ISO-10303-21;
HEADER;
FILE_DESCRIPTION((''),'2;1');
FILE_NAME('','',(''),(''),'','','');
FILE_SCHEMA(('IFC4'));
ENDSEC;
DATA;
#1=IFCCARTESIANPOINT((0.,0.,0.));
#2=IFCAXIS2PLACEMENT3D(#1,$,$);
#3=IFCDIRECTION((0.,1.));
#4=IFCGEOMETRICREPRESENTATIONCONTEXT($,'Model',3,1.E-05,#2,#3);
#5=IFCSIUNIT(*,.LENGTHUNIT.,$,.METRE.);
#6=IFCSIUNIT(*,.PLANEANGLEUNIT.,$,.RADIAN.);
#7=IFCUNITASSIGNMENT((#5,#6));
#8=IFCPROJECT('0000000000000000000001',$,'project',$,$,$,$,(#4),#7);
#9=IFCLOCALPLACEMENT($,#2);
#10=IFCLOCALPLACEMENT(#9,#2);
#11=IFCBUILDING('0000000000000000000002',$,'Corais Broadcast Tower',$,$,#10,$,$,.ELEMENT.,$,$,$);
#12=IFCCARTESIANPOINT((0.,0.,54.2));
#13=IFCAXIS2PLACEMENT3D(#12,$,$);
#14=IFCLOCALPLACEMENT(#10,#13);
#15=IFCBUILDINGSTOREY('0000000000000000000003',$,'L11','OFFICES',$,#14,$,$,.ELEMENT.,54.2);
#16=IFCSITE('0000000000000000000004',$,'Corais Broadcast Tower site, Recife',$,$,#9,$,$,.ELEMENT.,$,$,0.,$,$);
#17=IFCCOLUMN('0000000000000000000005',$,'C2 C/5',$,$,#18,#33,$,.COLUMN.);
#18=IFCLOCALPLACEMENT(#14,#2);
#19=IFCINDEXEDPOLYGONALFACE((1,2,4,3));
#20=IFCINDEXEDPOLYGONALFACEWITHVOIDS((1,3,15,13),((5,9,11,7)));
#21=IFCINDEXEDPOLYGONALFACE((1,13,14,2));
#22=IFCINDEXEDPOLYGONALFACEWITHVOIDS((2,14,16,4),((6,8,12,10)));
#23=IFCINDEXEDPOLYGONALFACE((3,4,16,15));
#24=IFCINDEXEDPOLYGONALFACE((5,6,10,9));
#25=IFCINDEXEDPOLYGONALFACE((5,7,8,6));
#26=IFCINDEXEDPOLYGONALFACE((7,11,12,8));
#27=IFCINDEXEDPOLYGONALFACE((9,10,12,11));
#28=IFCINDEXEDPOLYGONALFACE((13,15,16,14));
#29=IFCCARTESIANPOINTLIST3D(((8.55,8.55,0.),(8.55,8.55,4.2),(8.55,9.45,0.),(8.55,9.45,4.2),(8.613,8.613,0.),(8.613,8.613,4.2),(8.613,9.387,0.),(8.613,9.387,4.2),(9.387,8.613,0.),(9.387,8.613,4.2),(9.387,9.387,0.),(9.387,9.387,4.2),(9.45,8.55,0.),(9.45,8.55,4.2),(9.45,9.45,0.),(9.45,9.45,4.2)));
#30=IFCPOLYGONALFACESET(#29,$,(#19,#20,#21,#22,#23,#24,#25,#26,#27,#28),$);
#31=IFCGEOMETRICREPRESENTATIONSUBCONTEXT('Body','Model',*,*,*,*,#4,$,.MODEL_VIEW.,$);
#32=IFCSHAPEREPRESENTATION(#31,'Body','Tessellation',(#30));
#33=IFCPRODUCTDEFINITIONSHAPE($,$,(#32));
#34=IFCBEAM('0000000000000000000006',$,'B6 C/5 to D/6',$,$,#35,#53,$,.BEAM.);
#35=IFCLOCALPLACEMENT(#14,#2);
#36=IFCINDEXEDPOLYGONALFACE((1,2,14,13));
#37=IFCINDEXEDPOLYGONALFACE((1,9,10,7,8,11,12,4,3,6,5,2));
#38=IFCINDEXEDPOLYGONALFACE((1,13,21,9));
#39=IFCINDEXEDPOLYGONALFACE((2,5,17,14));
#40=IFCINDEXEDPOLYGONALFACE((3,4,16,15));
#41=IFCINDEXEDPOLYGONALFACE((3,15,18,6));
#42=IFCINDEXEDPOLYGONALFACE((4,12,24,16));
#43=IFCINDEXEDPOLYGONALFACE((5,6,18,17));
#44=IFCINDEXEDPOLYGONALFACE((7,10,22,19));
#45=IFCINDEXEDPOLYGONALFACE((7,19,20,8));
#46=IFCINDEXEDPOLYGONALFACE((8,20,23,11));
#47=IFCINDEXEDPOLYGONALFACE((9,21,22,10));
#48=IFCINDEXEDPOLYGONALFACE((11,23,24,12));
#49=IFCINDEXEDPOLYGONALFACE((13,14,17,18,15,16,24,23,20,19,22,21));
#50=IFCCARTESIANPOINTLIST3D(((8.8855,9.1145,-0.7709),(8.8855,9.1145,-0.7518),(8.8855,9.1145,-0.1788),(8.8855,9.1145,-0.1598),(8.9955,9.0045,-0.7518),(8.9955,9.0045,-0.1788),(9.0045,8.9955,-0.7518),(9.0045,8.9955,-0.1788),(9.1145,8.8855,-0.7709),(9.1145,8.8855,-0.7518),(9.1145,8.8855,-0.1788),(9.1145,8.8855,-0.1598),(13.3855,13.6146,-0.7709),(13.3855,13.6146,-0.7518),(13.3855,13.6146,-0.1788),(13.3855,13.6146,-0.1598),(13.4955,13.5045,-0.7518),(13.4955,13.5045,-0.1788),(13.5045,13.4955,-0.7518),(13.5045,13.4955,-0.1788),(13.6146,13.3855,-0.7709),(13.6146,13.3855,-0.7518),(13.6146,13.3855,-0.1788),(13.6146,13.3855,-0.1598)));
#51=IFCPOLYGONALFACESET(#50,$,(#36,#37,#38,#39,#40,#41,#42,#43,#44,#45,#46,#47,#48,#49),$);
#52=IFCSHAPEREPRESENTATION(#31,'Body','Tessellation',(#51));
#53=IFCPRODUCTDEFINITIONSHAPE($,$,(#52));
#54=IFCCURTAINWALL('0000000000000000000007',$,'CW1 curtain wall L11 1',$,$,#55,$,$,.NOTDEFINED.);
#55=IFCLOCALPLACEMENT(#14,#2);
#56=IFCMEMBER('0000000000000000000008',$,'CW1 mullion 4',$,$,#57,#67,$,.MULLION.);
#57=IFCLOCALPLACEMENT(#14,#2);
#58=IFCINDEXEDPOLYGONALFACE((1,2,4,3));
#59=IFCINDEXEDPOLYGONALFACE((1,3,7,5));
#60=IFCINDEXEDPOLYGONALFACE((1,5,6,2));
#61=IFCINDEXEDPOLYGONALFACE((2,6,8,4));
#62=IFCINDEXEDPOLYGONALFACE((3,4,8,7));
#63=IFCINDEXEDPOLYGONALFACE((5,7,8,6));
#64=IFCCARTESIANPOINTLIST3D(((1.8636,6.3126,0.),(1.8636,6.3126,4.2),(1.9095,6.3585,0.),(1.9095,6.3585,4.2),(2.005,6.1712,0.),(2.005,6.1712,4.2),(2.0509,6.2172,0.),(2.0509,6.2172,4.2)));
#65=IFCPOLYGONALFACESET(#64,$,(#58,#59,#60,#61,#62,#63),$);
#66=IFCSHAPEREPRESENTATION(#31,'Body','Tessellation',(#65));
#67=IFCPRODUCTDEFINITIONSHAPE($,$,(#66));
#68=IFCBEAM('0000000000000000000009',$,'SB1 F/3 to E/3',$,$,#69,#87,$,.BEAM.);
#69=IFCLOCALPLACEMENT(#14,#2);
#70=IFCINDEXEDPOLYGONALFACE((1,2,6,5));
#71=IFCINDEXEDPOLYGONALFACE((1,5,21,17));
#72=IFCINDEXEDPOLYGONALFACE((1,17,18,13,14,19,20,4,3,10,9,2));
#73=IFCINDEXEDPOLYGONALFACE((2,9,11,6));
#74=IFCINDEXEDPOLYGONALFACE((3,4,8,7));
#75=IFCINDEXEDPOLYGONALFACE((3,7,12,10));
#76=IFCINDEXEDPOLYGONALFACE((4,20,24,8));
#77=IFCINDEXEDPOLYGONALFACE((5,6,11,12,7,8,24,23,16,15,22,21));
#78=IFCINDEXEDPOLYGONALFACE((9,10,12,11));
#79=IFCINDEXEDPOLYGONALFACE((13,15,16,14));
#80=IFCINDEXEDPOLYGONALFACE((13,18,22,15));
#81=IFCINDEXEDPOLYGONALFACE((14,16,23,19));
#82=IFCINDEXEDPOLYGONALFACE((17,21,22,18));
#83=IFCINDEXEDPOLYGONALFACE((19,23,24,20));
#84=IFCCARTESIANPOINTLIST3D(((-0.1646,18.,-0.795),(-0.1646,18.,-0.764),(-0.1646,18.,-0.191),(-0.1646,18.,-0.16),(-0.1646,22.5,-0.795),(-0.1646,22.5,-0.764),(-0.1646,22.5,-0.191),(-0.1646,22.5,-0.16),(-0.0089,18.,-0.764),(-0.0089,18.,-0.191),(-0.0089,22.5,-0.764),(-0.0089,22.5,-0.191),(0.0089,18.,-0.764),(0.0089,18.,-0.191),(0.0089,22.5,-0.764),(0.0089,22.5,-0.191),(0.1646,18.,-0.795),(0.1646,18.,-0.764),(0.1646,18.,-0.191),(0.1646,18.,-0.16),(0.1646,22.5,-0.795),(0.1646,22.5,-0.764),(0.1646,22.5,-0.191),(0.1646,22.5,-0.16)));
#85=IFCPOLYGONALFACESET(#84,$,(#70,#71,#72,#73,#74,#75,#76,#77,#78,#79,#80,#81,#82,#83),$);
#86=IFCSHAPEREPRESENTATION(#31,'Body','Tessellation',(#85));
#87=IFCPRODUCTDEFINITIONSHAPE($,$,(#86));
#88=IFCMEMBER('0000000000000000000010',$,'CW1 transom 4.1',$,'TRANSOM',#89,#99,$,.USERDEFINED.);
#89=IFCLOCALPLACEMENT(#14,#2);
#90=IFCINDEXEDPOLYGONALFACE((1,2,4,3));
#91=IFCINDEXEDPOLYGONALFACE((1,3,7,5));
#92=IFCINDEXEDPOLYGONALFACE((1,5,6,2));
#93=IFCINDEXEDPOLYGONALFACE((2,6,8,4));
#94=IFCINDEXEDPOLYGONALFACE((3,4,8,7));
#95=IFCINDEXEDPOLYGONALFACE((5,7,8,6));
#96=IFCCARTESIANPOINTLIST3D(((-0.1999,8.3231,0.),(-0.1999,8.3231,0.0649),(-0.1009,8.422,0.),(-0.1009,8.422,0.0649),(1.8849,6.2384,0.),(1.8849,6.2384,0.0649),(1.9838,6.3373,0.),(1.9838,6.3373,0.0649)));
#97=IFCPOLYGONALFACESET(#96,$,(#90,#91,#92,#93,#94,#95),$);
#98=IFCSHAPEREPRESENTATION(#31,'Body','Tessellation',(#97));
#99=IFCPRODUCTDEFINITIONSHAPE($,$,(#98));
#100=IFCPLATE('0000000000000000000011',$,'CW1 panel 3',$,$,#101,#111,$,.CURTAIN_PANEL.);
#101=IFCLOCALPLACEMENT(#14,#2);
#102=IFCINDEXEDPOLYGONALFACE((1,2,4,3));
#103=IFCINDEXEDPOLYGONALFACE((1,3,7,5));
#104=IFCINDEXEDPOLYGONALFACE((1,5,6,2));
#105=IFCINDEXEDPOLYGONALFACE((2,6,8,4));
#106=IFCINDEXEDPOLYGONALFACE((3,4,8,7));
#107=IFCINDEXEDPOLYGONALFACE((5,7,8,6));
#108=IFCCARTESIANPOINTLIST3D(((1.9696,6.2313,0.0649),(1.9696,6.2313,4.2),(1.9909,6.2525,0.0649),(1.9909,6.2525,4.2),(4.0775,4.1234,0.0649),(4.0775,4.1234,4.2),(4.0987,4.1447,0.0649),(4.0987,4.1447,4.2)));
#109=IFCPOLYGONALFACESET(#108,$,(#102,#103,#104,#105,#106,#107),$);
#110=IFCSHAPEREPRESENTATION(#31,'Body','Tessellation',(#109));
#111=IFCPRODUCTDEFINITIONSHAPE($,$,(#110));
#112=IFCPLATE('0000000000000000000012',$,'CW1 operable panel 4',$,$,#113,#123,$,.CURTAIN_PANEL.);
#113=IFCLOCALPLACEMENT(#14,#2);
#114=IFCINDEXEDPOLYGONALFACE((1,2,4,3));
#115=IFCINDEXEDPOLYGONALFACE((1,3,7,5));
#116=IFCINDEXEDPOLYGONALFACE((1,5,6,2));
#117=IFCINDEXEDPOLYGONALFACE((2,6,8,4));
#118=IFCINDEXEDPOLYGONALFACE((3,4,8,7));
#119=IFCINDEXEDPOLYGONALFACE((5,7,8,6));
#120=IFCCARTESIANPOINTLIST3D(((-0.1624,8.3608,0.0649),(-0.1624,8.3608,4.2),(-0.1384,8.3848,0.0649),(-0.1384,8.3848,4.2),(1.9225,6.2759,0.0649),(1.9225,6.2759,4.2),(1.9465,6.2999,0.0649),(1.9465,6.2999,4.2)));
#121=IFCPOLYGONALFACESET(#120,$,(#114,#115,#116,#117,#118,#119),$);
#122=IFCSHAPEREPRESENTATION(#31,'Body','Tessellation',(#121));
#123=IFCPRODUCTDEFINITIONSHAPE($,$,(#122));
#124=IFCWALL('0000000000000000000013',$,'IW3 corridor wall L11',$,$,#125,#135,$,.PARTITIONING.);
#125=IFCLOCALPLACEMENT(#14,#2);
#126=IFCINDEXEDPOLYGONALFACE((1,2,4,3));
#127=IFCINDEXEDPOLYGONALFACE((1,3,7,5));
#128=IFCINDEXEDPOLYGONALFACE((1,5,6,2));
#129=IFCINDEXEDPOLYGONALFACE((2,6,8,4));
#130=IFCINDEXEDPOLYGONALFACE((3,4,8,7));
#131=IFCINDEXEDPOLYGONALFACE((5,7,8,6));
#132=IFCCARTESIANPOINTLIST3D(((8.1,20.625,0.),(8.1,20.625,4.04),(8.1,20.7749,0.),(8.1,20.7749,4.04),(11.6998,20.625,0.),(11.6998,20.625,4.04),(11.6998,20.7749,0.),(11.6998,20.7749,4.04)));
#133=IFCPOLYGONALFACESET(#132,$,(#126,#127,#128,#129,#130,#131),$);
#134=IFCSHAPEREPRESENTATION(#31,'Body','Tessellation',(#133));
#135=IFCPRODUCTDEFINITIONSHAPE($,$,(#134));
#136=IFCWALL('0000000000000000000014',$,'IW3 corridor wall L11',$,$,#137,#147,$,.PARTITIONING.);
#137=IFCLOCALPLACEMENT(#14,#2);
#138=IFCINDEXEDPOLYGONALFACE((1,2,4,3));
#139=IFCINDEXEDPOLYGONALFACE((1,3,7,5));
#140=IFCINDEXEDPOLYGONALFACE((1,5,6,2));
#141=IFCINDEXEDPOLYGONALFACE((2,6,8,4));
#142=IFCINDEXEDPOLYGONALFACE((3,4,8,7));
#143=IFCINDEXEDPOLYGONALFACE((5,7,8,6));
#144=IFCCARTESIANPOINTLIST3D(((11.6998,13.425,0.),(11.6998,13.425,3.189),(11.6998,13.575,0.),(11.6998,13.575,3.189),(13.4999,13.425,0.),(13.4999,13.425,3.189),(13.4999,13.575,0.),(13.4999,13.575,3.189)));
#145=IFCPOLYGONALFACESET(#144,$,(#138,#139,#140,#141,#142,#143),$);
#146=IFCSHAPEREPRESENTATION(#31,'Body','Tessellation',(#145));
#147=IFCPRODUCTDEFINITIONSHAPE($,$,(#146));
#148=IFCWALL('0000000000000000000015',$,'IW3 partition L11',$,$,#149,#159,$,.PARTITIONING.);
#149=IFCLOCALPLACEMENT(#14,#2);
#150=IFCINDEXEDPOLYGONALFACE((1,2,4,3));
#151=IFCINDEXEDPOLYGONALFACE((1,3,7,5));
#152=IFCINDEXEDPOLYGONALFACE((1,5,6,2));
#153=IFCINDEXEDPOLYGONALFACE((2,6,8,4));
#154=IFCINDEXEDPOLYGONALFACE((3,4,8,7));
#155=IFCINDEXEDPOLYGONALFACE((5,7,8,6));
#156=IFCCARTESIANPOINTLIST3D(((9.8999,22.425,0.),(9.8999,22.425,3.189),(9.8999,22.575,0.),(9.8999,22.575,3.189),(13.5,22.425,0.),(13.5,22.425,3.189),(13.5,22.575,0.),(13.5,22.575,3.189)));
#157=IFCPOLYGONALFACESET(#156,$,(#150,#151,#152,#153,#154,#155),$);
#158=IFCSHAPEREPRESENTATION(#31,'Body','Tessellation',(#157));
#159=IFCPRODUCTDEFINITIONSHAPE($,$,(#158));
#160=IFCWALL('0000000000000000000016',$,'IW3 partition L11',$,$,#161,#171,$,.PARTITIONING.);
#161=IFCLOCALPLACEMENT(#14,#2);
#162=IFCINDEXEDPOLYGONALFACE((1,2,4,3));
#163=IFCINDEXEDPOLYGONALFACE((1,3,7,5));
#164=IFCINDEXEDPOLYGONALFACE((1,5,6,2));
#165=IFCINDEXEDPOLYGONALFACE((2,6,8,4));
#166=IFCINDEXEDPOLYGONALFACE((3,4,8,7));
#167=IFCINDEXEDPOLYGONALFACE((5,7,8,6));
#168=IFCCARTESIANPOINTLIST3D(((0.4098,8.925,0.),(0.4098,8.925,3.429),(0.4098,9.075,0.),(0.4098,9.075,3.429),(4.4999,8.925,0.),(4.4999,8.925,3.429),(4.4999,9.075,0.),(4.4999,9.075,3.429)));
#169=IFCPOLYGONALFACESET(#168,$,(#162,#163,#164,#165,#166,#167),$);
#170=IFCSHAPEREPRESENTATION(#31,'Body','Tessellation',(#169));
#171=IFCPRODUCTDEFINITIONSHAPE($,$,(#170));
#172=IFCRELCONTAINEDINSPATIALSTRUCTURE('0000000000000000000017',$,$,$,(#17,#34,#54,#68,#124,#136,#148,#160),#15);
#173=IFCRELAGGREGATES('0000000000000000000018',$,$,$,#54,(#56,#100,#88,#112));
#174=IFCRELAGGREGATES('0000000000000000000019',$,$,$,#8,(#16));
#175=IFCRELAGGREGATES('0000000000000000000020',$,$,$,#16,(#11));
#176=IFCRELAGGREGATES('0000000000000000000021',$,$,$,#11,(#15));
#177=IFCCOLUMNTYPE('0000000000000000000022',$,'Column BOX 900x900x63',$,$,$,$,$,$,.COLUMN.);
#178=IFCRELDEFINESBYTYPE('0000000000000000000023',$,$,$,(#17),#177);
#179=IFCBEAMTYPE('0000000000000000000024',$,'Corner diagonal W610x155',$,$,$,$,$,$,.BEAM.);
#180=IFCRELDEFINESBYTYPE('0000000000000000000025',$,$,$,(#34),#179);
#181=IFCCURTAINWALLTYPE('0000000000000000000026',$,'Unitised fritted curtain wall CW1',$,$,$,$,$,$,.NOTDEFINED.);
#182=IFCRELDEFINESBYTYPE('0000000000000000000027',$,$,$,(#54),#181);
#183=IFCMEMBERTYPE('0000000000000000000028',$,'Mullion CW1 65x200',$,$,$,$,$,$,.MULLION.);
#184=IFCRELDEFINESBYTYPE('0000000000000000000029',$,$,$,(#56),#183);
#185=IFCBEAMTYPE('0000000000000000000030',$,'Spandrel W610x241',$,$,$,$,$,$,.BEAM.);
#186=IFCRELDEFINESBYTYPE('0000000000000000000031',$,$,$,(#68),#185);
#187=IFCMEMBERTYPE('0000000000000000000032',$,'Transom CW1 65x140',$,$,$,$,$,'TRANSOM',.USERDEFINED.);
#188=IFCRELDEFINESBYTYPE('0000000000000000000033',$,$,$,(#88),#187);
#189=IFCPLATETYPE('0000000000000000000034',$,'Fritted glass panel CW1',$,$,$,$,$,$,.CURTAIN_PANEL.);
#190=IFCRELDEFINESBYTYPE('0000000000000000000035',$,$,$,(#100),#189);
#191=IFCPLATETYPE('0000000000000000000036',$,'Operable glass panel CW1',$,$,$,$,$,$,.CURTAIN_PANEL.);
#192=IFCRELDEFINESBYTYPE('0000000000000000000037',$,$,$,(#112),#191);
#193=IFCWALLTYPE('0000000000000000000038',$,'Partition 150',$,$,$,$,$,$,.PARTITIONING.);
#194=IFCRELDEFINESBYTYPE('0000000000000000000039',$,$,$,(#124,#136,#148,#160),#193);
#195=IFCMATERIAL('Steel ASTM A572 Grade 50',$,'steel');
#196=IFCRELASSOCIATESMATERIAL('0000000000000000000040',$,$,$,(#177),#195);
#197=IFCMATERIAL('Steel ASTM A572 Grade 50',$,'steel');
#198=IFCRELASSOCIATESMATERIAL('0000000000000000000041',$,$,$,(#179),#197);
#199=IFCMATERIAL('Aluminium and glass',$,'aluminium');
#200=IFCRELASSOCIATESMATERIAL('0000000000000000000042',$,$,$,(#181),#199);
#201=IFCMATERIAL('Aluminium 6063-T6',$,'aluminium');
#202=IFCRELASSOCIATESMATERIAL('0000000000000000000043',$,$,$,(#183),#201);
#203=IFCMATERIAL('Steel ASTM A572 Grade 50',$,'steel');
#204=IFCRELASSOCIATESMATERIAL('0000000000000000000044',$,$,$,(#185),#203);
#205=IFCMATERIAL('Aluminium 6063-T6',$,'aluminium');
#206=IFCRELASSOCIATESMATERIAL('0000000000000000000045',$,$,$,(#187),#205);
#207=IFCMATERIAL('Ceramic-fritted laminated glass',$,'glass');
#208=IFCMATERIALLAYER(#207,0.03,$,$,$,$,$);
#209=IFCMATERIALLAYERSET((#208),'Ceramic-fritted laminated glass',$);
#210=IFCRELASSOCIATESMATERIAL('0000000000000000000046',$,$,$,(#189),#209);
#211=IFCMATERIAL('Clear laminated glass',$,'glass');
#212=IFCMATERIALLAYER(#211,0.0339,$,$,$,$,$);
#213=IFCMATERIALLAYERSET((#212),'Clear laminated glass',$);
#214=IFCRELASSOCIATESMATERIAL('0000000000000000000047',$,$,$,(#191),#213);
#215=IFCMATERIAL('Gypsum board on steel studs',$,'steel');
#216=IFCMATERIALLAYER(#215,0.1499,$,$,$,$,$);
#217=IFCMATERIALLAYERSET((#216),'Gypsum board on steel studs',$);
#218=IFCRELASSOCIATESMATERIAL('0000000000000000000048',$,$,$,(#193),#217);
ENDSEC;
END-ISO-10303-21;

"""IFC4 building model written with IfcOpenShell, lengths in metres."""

from ifc_helpers import new_model, si_unit, direction, frame, frame_2d, origin, origin_2d, place, context, subcontext, project, spatial, rectangle, hollow_rectangle, i_section, extrude, material, layer, layer_set, material_profile, profile_set, type_object, element, aggregate, save


model = new_model("IFC4")

# Units and contexts
model_context = context("Model", 3, precision=1e-05, world=origin(), true_north=direction((0.0, 1.0)))
body_context = subcontext(model_context, "Body", "Model", "MODEL_VIEW")
ifc_project = project(units=[si_unit("LENGTHUNIT", "METRE"), si_unit("PLANEANGLEUNIT", "RADIAN")], contexts=[model_context])

# Site, building, storey
site_placement = place(None, origin())
site = spatial("IfcSite", under=ifc_project, at=site_placement, Name="Corais Broadcast Tower site, Recife", CompositionType="ELEMENT", RefElevation=0.0)
building_placement = place(site_placement, origin())
building = spatial("IfcBuilding", under=site, at=building_placement, Name="Corais Broadcast Tower", CompositionType="ELEMENT")
storey_placement = place(building_placement, frame((0.0, 0.0, 54.2)))
storey = spatial("IfcBuildingStorey", under=building, at=storey_placement, Name="L11", Description="OFFICES", CompositionType="ELEMENT", Elevation=54.2)

# Column
ifc_material_1 = material(Name="Steel ASTM A572 Grade 50", Category="steel")
ifc_material_profile_1 = material_profile(ifc_material_1, hollow_rectangle(XDim=0.8999, YDim=0.8999, WallThickness=0.063, at=origin_2d()), Name="BOX 900x900x63")
ifc_profile_set_1 = profile_set([ifc_material_profile_1], Name="Steel ASTM A572 Grade 50")
column_type = type_object("IfcColumnType", Name="Column BOX 900x900x63", PredefinedType="COLUMN", material=ifc_profile_set_1)
column_placement = place(storey_placement, frame((9.0, 9.0, 0.0), z_axis=(0.0, 0.0, 1.0), x_axis=(1.0, 0.0, 0.0)))
element("IfcColumn", 1, at=column_placement, inside=storey, type_object=column_type, Name="C2 C/5", PredefinedType="COLUMN", context=body_context, shape_type="SweptSolid", body=[
    extrude(hollow_rectangle(XDim=0.8999, YDim=0.8999, WallThickness=0.063, at=origin_2d()), origin(), (0.0, 0.0, 1.0), 4.2),
])

# Beam
ifc_material_2 = material(Name="Steel ASTM A572 Grade 50", Category="steel")
ifc_material_profile_2 = material_profile(ifc_material_2, i_section(OverallWidth=0.324, OverallDepth=0.6111, WebThickness=0.0127, FlangeThickness=0.019, at=origin_2d()), Name="W610x155")
ifc_profile_set_2 = profile_set([ifc_material_profile_2], Name="Steel ASTM A572 Grade 50")
beam_type_1 = type_object("IfcBeamType", Name="Corner diagonal W610x155", PredefinedType="BEAM", material=ifc_profile_set_2)
beam_1_placement = place(storey_placement, frame((9.0, 9.0, -0.4653), z_axis=(0.707107, 0.707107, 0.0), x_axis=(-0.707107, 0.707107, 0.0)))
element("IfcBeam", 2, at=beam_1_placement, inside=storey, type_object=beam_type_1, Name="B6 C/5 to D/6", PredefinedType="BEAM", context=body_context, shape_type="SweptSolid", body=[
    extrude(i_section(OverallWidth=0.324, OverallDepth=0.6111, WebThickness=0.0127, FlangeThickness=0.019, at=origin_2d()), origin(), (0.0, 0.0, 1.0), 6.364),
])

# Curtain wall, member
ifc_material_3 = material(Name="Aluminium and glass", Category="aluminium")
curtain_wall_type = type_object("IfcCurtainWallType", Name="Unitised fritted curtain wall CW1", PredefinedType="NOTDEFINED", material=ifc_material_3)
curtain_wall_placement = place(storey_placement, origin())
curtain_wall = element("IfcCurtainWall", 3, at=curtain_wall_placement, inside=storey, type_object=curtain_wall_type, Name="CW1 curtain wall L11 1", PredefinedType="NOTDEFINED")
ifc_material_4 = material(Name="Aluminium 6063-T6", Category="aluminium")
ifc_material_profile_3 = material_profile(ifc_material_4, rectangle(XDim=0.0649, YDim=0.2, at=origin_2d()), Name="Mullion CW1 65x200")
ifc_profile_set_3 = profile_set([ifc_material_profile_3], Name="Aluminium 6063-T6")
member_type_1 = type_object("IfcMemberType", Name="Mullion CW1 65x200", PredefinedType="MULLION", material=ifc_profile_set_3)
member_1_placement = place(storey_placement, frame((1.9573, 6.2649, 0.0), z_axis=(0.0, 0.0, 1.0), x_axis=(-0.707107, -0.707107, 0.0)))
member_1 = element("IfcMember", 4, at=member_1_placement, type_object=member_type_1, Name="CW1 mullion 4", PredefinedType="MULLION", context=body_context, shape_type="SweptSolid", body=[
    extrude(rectangle(XDim=0.0649, YDim=0.2, at=origin_2d()), origin(), (0.0, 0.0, 1.0), 4.2),
])

# Beam
ifc_material_5 = material(Name="Steel ASTM A572 Grade 50", Category="steel")
ifc_material_profile_4 = material_profile(ifc_material_5, i_section(OverallWidth=0.3291, OverallDepth=0.635, WebThickness=0.0178, FlangeThickness=0.031, at=origin_2d()), Name="W610x241")
ifc_profile_set_4 = profile_set([ifc_material_profile_4], Name="Steel ASTM A572 Grade 50")
beam_type_2 = type_object("IfcBeamType", Name="Spandrel W610x241", PredefinedType="BEAM", material=ifc_profile_set_4)
beam_2_placement = place(storey_placement, frame((0.0, 22.5, -0.4775), z_axis=(0.0, -1.0, 0.0), x_axis=(1.0, 0.0, 0.0)))
element("IfcBeam", 5, at=beam_2_placement, inside=storey, type_object=beam_type_2, Name="SB1 F/3 to E/3", PredefinedType="BEAM", context=body_context, shape_type="SweptSolid", body=[
    extrude(i_section(OverallWidth=0.3291, OverallDepth=0.635, WebThickness=0.0178, FlangeThickness=0.031, at=origin_2d()), origin(), (0.0, 0.0, 1.0), 4.5),
])

# Member
ifc_material_6 = material(Name="Aluminium 6063-T6", Category="aluminium")
ifc_material_profile_5 = material_profile(ifc_material_6, rectangle(XDim=0.1399, YDim=0.0649, at=origin_2d()), Name="Transom CW1 65x140")
ifc_profile_set_5 = profile_set([ifc_material_profile_5], Name="Aluminium 6063-T6")
member_type_2 = type_object("IfcMemberType", Name="Transom CW1 65x140", ElementType="TRANSOM", PredefinedType="USERDEFINED", material=ifc_profile_set_5)
member_2_placement = place(storey_placement, frame((1.9343, 6.2878, 0.0325), z_axis=(-0.707107, 0.707107, 0.0), x_axis=(-0.707107, -0.707107, 0.0)))
member_2 = element("IfcMember", 6, at=member_2_placement, type_object=member_type_2, Name="CW1 transom 4.1", ObjectType="TRANSOM", PredefinedType="USERDEFINED", context=body_context, shape_type="SweptSolid", body=[
    extrude(rectangle(XDim=0.1399, YDim=0.0649, at=origin_2d()), origin(), (0.0, 0.0, 1.0), 2.9482),
])

# Plates
ifc_material_7 = material(Name="Ceramic-fritted laminated glass", Category="glass")
ifc_layer_1 = layer(ifc_material_7, 0.03)
ifc_layer_set_1 = layer_set([ifc_layer_1], Name="Ceramic-fritted laminated glass")
plate_type_1 = type_object("IfcPlateType", Name="Fritted glass panel CW1", PredefinedType="CURTAIN_PANEL", material=ifc_layer_set_1)
plate_1_placement = place(storey_placement, frame((3.0342, 5.188, 0.0649), z_axis=(0.0, 0.0, 1.0), x_axis=(-0.707107, 0.707107, 0.0)))
plate_1 = element("IfcPlate", 7, at=plate_1_placement, type_object=plate_type_1, Name="CW1 panel 3", PredefinedType="CURTAIN_PANEL", context=body_context, shape_type="SweptSolid", body=[
    extrude(rectangle(XDim=2.981, YDim=0.03, at=origin_2d()), origin(), (0.0, 0.0, 1.0), 4.135),
])
ifc_material_8 = material(Name="Clear laminated glass", Category="glass")
ifc_layer_2 = layer(ifc_material_8, 0.0339)
ifc_layer_set_2 = layer_set([ifc_layer_2], Name="Clear laminated glass")
plate_type_2 = type_object("IfcPlateType", Name="Operable glass panel CW1", PredefinedType="CURTAIN_PANEL", material=ifc_layer_set_2)
plate_2_placement = place(storey_placement, frame((0.8921, 7.3303, 0.0649), z_axis=(0.0, 0.0, 1.0), x_axis=(-0.707107, 0.707107, 0.0)))
plate_2 = element("IfcPlate", 8, at=plate_2_placement, type_object=plate_type_2, Name="CW1 operable panel 4", PredefinedType="CURTAIN_PANEL", context=body_context, shape_type="SweptSolid", body=[
    extrude(rectangle(XDim=2.9485, YDim=0.0339, at=origin_2d()), origin(), (0.0, 0.0, 1.0), 4.135),
])
aggregate(curtain_wall, [member_1, plate_1, member_2, plate_2])

# Walls
ifc_material_9 = material(Name="Gypsum board on steel studs", Category="steel")
ifc_layer_3 = layer(ifc_material_9, 0.1499)
ifc_layer_set_3 = layer_set([ifc_layer_3], Name="Gypsum board on steel studs")
wall_type = type_object("IfcWallType", Name="Partition 150", PredefinedType="PARTITIONING", material=ifc_layer_set_3)
wall_1_placement = place(storey_placement, frame((8.1001, 20.7, 0.0), z_axis=(0.0, 0.0, 1.0), x_axis=(1.0, 0.0, 0.0)))
element("IfcWall", 9, at=wall_1_placement, inside=storey, type_object=wall_type, Name="IW3 corridor wall L11", PredefinedType="PARTITIONING", context=body_context, shape_type="SweptSolid", body=[
    extrude(rectangle(XDim=3.5999, YDim=0.1499, at=frame_2d((1.7998, 0.0))), origin(), (0.0, 0.0, 1.0), 4.04),
])
wall_2_placement = place(storey_placement, frame((11.7, 13.5, 0.0), z_axis=(0.0, 0.0, 1.0), x_axis=(1.0, 0.0, 0.0)))
element("IfcWall", 10, at=wall_2_placement, inside=storey, type_object=wall_type, Name="IW3 corridor wall L11", PredefinedType="PARTITIONING", context=body_context, shape_type="SweptSolid", body=[
    extrude(rectangle(XDim=1.8, YDim=0.1499, at=frame_2d((0.8999, 0.0))), origin(), (0.0, 0.0, 1.0), 3.189),
])
wall_3_placement = place(storey_placement, frame((9.8999, 22.5, 0.0), z_axis=(0.0, 0.0, 1.0), x_axis=(1.0, 0.0, 0.0)))
element("IfcWall", 11, at=wall_3_placement, inside=storey, type_object=wall_type, Name="IW3 partition L11", PredefinedType="PARTITIONING", context=body_context, shape_type="SweptSolid", body=[
    extrude(rectangle(XDim=3.6001, YDim=0.1499, at=frame_2d((1.8, 0.0))), origin(), (0.0, 0.0, 1.0), 3.189),
])
wall_4_placement = place(storey_placement, frame((0.4099, 9.0, 0.0), z_axis=(0.0, 0.0, 1.0), x_axis=(1.0, 0.0, 0.0)))
element("IfcWall", 12, at=wall_4_placement, inside=storey, type_object=wall_type, Name="IW3 partition L11", PredefinedType="PARTITIONING", context=body_context, shape_type="SweptSolid", body=[
    extrude(rectangle(XDim=4.0901, YDim=0.1499, at=frame_2d((2.0449, 0.0))), origin(), (0.0, 0.0, 1.0), 3.429),
])

save(model, "model.ifc")
